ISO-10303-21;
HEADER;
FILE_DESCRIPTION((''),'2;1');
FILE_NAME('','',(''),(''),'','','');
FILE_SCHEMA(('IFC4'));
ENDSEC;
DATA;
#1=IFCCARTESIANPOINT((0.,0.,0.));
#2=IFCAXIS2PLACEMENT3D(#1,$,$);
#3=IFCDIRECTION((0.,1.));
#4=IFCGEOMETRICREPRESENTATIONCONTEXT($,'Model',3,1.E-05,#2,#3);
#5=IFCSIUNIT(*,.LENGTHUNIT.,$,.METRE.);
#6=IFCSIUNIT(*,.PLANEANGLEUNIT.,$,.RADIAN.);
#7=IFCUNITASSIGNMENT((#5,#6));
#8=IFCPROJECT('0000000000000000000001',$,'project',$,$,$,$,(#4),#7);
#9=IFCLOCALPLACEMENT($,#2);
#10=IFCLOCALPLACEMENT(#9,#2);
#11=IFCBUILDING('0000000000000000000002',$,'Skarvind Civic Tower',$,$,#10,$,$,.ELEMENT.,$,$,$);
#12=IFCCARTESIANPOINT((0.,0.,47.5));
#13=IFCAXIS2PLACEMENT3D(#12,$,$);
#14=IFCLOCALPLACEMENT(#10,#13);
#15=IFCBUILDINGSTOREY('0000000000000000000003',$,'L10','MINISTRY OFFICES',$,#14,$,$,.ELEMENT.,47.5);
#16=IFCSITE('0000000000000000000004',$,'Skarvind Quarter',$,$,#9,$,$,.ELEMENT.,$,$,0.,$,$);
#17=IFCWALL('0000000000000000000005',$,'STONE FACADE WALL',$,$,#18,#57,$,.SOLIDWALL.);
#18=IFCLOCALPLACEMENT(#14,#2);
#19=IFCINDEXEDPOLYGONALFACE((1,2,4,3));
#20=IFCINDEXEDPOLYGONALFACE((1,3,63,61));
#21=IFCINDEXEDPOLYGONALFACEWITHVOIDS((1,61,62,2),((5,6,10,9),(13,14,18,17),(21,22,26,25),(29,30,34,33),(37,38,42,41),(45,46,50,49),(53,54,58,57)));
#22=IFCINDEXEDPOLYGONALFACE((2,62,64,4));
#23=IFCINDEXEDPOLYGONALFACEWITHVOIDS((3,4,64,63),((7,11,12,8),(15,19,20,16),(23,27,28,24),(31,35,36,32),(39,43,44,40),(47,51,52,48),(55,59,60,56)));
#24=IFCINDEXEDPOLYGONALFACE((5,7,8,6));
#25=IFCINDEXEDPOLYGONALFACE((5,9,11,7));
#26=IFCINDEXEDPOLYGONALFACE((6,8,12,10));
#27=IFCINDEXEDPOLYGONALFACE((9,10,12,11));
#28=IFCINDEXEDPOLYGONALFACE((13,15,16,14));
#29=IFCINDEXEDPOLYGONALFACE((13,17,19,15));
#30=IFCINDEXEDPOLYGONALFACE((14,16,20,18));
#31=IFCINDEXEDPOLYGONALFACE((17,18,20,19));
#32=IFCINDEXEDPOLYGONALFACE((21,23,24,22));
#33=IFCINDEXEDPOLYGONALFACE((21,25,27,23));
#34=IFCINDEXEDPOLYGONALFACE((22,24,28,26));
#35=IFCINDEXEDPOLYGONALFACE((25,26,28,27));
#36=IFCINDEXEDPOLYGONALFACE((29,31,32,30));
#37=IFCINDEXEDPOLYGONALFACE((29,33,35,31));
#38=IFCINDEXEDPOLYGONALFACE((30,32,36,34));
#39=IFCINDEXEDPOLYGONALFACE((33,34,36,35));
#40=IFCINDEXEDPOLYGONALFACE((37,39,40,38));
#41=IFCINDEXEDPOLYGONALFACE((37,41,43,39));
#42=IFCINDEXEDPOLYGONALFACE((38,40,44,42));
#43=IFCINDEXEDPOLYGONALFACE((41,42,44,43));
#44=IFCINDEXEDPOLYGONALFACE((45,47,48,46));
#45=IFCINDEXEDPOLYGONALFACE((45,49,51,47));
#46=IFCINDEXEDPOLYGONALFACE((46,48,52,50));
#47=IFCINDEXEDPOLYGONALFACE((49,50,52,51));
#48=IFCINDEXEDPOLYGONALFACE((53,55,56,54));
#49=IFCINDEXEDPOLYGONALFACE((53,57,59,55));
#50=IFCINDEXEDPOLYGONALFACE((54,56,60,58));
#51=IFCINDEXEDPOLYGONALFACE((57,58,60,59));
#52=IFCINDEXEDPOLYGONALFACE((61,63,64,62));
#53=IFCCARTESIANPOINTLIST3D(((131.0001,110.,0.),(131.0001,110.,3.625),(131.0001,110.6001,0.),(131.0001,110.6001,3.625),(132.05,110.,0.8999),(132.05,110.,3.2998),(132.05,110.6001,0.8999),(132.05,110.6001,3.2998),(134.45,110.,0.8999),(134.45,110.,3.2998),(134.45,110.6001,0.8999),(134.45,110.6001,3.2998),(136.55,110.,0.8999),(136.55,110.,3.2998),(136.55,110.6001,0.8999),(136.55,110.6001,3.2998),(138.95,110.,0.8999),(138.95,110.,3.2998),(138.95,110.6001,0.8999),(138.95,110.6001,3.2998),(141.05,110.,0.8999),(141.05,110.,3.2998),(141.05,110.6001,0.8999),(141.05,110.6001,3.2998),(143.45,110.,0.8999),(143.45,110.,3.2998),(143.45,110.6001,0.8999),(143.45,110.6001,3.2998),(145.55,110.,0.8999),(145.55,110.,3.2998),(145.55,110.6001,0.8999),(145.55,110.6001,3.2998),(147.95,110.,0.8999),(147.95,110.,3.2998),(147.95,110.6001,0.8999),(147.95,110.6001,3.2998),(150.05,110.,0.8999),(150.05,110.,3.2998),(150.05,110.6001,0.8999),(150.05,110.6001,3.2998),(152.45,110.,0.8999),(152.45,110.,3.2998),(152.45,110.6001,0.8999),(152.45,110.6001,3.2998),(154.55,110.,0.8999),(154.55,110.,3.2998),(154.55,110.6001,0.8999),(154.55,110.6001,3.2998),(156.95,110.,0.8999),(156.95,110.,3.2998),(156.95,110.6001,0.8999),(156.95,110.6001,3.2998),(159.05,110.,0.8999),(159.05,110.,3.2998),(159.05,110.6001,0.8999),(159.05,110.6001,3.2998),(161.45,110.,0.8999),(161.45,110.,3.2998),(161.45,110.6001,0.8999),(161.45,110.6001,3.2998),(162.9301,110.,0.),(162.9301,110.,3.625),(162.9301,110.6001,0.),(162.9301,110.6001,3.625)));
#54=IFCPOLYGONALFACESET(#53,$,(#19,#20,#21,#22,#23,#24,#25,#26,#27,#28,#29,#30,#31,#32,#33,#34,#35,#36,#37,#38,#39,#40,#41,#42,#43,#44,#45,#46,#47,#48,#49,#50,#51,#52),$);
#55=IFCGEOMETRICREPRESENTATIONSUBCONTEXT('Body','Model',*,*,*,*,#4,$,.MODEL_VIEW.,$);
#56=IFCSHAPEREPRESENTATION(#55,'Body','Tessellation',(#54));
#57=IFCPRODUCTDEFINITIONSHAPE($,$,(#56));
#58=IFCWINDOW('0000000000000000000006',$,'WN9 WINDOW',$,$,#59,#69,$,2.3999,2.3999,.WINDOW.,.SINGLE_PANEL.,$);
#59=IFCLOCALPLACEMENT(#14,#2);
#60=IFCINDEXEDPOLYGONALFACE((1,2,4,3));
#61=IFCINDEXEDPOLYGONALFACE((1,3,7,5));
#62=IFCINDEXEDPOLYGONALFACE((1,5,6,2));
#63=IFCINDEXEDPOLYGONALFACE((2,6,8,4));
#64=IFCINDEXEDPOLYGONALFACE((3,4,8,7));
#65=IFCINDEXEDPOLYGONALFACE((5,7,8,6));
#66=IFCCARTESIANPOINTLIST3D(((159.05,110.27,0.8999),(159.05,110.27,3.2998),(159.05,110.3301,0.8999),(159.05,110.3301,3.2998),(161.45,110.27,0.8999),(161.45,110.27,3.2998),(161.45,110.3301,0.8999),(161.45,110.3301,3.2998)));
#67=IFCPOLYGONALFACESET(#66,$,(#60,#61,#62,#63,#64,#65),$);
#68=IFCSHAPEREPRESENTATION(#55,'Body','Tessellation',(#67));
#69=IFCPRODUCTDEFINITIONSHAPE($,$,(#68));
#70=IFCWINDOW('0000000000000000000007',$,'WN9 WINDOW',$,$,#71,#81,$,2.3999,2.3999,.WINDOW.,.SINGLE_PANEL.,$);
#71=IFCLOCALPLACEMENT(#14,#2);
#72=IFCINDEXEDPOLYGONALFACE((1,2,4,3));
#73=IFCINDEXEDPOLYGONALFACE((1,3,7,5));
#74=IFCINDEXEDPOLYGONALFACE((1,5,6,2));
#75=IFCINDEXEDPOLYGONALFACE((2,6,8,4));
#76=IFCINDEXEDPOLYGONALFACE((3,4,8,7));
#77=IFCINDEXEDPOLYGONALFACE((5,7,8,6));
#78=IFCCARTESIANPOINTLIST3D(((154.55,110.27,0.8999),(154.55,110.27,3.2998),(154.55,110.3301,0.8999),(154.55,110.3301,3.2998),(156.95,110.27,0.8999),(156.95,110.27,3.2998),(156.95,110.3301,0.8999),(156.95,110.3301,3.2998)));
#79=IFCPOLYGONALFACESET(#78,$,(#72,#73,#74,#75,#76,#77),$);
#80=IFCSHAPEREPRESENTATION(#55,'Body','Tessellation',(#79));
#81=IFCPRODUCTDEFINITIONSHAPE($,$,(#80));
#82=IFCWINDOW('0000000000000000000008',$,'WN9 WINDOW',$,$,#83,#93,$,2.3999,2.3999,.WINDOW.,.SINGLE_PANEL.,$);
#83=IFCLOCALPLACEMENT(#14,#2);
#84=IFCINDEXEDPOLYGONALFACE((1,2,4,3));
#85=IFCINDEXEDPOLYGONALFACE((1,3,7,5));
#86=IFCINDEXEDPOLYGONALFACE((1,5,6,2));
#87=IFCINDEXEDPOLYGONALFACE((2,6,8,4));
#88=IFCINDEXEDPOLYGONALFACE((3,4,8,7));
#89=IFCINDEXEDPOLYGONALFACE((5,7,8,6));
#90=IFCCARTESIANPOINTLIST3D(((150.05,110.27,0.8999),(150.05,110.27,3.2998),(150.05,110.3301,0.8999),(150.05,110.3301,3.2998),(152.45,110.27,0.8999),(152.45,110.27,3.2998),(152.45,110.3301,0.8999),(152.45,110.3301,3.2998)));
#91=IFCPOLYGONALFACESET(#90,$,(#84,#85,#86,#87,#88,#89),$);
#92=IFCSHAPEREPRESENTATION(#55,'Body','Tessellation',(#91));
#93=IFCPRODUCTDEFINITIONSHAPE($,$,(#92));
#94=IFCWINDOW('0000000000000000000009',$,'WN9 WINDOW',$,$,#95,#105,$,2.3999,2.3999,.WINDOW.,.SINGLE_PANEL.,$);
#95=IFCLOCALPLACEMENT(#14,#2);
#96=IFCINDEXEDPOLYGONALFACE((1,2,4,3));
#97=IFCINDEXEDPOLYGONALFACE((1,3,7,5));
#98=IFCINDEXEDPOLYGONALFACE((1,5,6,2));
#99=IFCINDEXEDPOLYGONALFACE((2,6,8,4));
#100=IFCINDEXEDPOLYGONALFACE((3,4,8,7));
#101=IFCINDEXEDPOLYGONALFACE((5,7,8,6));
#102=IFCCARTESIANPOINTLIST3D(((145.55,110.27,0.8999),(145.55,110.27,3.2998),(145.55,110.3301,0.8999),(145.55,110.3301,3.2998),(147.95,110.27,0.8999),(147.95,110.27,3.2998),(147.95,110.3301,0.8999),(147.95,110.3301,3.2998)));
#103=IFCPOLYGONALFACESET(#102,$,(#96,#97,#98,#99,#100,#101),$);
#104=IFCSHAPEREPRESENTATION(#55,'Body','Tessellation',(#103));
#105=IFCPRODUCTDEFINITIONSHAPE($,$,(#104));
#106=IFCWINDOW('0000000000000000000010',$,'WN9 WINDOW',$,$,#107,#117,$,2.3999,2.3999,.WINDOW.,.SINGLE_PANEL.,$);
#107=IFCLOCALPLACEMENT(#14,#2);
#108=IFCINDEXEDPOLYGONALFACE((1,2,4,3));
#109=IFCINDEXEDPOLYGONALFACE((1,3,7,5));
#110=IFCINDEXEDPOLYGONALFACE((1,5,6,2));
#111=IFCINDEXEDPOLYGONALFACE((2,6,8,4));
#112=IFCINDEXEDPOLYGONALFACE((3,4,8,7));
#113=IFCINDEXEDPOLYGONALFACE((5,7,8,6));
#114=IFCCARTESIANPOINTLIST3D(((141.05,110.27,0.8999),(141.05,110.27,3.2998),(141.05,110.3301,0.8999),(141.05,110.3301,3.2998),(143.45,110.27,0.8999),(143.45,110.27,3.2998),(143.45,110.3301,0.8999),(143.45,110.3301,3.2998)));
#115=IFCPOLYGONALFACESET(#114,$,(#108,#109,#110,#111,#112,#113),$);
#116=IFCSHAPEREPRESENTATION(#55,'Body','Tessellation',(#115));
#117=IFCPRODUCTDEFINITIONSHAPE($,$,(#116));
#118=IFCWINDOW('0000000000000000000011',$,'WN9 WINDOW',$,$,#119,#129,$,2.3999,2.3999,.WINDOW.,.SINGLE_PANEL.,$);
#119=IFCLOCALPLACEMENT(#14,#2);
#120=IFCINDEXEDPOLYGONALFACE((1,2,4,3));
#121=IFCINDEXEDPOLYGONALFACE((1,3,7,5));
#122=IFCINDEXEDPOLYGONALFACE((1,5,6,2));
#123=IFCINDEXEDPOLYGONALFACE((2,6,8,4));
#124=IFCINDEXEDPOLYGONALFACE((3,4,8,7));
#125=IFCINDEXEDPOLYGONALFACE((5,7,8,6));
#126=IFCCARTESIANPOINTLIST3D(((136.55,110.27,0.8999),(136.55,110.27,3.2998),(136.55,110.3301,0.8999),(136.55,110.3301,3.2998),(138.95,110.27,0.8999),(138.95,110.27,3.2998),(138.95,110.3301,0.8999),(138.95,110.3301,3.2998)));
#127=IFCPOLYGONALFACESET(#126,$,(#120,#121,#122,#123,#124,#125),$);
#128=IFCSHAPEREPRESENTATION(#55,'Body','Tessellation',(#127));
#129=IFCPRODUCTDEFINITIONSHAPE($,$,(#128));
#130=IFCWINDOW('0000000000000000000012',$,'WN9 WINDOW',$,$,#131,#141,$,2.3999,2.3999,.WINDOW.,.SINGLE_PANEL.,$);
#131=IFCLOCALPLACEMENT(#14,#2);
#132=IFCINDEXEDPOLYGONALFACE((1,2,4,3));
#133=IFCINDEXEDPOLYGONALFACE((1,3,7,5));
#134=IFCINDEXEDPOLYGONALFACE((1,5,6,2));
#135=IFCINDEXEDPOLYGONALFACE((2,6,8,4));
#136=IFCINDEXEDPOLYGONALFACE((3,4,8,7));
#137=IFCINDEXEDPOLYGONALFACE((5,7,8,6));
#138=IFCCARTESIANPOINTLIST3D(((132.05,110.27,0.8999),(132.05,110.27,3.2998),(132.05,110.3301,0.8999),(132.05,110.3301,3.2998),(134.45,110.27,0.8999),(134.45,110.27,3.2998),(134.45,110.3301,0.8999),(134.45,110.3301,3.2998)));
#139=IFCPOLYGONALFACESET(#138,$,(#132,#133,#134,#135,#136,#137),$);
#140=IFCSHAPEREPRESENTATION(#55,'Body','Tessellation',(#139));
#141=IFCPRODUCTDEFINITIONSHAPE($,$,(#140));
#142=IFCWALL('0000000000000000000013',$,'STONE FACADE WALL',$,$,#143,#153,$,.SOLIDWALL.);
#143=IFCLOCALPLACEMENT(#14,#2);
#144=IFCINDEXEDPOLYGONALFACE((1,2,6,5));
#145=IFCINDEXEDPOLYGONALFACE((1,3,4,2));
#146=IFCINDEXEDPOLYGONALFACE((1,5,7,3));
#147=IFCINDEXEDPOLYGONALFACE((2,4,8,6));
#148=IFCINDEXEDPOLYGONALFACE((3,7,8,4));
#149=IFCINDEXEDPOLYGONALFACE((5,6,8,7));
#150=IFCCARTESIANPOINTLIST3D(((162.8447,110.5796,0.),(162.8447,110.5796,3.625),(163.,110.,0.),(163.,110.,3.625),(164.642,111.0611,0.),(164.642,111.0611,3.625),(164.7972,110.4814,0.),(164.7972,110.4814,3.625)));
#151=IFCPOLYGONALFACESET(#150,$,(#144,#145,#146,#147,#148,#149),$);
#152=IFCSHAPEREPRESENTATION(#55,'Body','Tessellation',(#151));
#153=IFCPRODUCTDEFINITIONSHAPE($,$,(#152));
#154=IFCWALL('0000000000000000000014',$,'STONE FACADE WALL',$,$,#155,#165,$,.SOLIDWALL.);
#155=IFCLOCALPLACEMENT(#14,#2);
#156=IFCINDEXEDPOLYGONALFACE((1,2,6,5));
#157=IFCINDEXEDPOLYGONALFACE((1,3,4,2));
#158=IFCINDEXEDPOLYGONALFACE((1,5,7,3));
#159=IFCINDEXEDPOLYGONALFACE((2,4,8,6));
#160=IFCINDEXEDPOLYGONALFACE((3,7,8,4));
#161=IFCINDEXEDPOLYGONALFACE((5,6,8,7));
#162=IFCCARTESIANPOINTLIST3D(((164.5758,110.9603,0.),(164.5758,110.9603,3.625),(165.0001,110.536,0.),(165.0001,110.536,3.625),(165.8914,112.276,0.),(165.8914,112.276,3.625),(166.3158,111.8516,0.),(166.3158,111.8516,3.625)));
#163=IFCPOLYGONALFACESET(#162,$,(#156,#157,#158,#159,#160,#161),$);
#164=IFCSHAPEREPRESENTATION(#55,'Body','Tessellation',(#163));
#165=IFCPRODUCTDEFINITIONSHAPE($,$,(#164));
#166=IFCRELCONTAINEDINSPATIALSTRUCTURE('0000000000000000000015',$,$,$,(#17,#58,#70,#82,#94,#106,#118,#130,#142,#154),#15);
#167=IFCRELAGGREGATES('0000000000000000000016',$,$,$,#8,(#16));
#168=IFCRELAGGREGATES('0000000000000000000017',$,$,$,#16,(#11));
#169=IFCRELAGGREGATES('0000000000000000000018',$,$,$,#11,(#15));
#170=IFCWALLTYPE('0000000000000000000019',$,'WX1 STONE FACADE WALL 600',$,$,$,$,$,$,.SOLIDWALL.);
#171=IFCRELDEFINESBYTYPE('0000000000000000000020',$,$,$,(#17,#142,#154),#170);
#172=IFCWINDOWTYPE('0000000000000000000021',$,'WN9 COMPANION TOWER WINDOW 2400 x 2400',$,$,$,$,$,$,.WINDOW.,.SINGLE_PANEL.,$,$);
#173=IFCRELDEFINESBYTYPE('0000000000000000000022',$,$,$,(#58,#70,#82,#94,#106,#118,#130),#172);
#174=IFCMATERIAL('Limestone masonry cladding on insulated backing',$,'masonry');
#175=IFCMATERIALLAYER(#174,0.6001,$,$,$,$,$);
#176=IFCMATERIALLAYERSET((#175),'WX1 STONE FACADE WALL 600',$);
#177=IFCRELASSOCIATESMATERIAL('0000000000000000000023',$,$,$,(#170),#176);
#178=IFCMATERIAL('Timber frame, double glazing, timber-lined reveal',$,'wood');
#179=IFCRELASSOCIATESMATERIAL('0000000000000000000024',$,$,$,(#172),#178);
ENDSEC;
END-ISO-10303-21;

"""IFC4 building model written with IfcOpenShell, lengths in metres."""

from ifc_helpers import new_model, si_unit, direction, frame, frame_2d, origin, place, context, subcontext, project, spatial, rectangle, extrude, material, layer, layer_set, type_object, element, fill, save


model = new_model("IFC4")

# Units and contexts
model_context = context("Model", 3, precision=1e-05, world=origin(), true_north=direction((0.0, 1.0)))
body_context = subcontext(model_context, "Body", "Model", "MODEL_VIEW")
ifc_project = project(units=[si_unit("LENGTHUNIT", "METRE"), si_unit("PLANEANGLEUNIT", "RADIAN")], contexts=[model_context])

# Site, building, storey
site_placement = place(None, origin())
site = spatial("IfcSite", under=ifc_project, at=site_placement, Name="Skarvind Quarter", CompositionType="ELEMENT", RefElevation=0.0)
building_placement = place(site_placement, origin())
building = spatial("IfcBuilding", under=site, at=building_placement, Name="Skarvind Civic Tower", CompositionType="ELEMENT")
storey_placement = place(building_placement, frame((0.0, 0.0, 47.5)))
storey = spatial("IfcBuildingStorey", under=building, at=storey_placement, Name="L10", Description="MINISTRY OFFICES", CompositionType="ELEMENT", Elevation=47.5)

# Wall, openings, windows
ifc_material_1 = material(Name="Limestone masonry cladding on insulated backing", Category="masonry")
ifc_layer_1 = layer(ifc_material_1, 0.6001)
ifc_layer_set_1 = layer_set([ifc_layer_1], Name="WX1 STONE FACADE WALL 600")
wall_type_1 = type_object("IfcWallType", Name="WX1 STONE FACADE WALL 600", PredefinedType="SOLIDWALL", material=ifc_layer_set_1)
wall_1_placement = place(storey_placement, frame((162.9299, 110.3, 0.0), z_axis=(0.0, 0.0, 1.0), x_axis=(-1.0, 0.0, 0.0)))
wall_1 = element("IfcWall", 1, at=wall_1_placement, inside=storey, type_object=wall_type_1, Name="STONE FACADE WALL", PredefinedType="SOLIDWALL", context=body_context, shape_type="SweptSolid", body=[
    extrude(rectangle(XDim=31.9299, YDim=0.6001, at=frame_2d((15.9648, 0.0))), origin(), (0.0, 0.0, 1.0), 3.625),
])
opening_1_placement = place(wall_1_placement, frame((1.48, 0.0, 0.8999)))
opening_1 = element("IfcOpeningElement", 2, at=opening_1_placement, cuts=wall_1, PredefinedType="OPENING", context=body_context, shape_type="SweptSolid", body=[
    extrude(rectangle(XDim=2.3999, YDim=2.3999, at=frame_2d((1.2, 1.2))), frame((0.0, 0.3101, 0.0), z_axis=(0.0, -1.0, 0.0), x_axis=(1.0, 0.0, 0.0)), (0.0, 0.0, 1.0), 0.6201),
])
opening_2_placement = place(wall_1_placement, frame((5.98, 0.0, 0.8999)))
opening_2 = element("IfcOpeningElement", 3, at=opening_2_placement, cuts=wall_1, PredefinedType="OPENING", context=body_context, shape_type="SweptSolid", body=[
    extrude(rectangle(XDim=2.3999, YDim=2.3999, at=frame_2d((1.2, 1.2))), frame((0.0, 0.3101, 0.0), z_axis=(0.0, -1.0, 0.0), x_axis=(1.0, 0.0, 0.0)), (0.0, 0.0, 1.0), 0.6201),
])
opening_3_placement = place(wall_1_placement, frame((10.48, 0.0, 0.8999)))
opening_3 = element("IfcOpeningElement", 4, at=opening_3_placement, cuts=wall_1, PredefinedType="OPENING", context=body_context, shape_type="SweptSolid", body=[
    extrude(rectangle(XDim=2.3999, YDim=2.3999, at=frame_2d((1.2, 1.2))), frame((0.0, 0.3101, 0.0), z_axis=(0.0, -1.0, 0.0), x_axis=(1.0, 0.0, 0.0)), (0.0, 0.0, 1.0), 0.6201),
])
opening_4_placement = place(wall_1_placement, frame((14.98, 0.0, 0.8999)))
opening_4 = element("IfcOpeningElement", 5, at=opening_4_placement, cuts=wall_1, PredefinedType="OPENING", context=body_context, shape_type="SweptSolid", body=[
    extrude(rectangle(XDim=2.3999, YDim=2.3999, at=frame_2d((1.2, 1.2))), frame((0.0, 0.3101, 0.0), z_axis=(0.0, -1.0, 0.0), x_axis=(1.0, 0.0, 0.0)), (0.0, 0.0, 1.0), 0.6201),
])
opening_5_placement = place(wall_1_placement, frame((19.48, 0.0, 0.8999)))
opening_5 = element("IfcOpeningElement", 6, at=opening_5_placement, cuts=wall_1, PredefinedType="OPENING", context=body_context, shape_type="SweptSolid", body=[
    extrude(rectangle(XDim=2.3999, YDim=2.3999, at=frame_2d((1.2, 1.2))), frame((0.0, 0.3101, 0.0), z_axis=(0.0, -1.0, 0.0), x_axis=(1.0, 0.0, 0.0)), (0.0, 0.0, 1.0), 0.6201),
])
opening_6_placement = place(wall_1_placement, frame((23.98, 0.0, 0.8999)))
opening_6 = element("IfcOpeningElement", 7, at=opening_6_placement, cuts=wall_1, PredefinedType="OPENING", context=body_context, shape_type="SweptSolid", body=[
    extrude(rectangle(XDim=2.3999, YDim=2.3999, at=frame_2d((1.2, 1.2))), frame((0.0, 0.3101, 0.0), z_axis=(0.0, -1.0, 0.0), x_axis=(1.0, 0.0, 0.0)), (0.0, 0.0, 1.0), 0.6201),
])
opening_7_placement = place(wall_1_placement, frame((28.48, 0.0, 0.8999)))
opening_7 = element("IfcOpeningElement", 8, at=opening_7_placement, cuts=wall_1, PredefinedType="OPENING", context=body_context, shape_type="SweptSolid", body=[
    extrude(rectangle(XDim=2.3999, YDim=2.3999, at=frame_2d((1.2, 1.2))), frame((0.0, 0.3101, 0.0), z_axis=(0.0, -1.0, 0.0), x_axis=(1.0, 0.0, 0.0)), (0.0, 0.0, 1.0), 0.6201),
])
ifc_material_2 = material(Name="Timber frame, double glazing, timber-lined reveal", Category="wood")
window_type = type_object("IfcWindowType", Name="WN9 COMPANION TOWER WINDOW 2400 x 2400", PartitioningType="SINGLE_PANEL", PredefinedType="WINDOW", material=ifc_material_2)
window_1_placement = place(opening_1_placement, origin())
window_1 = element("IfcWindow", 9, at=window_1_placement, inside=storey, type_object=window_type, Name="WN9 WINDOW", OverallHeight=2.3999, OverallWidth=2.3999, PartitioningType="SINGLE_PANEL", PredefinedType="WINDOW", context=body_context, shape_type="SweptSolid", body=[
    extrude(rectangle(XDim=2.3999, YDim=2.3999, at=frame_2d((1.2, 1.2))), frame((0.0, 0.03, 0.0), z_axis=(0.0, -1.0, 0.0), x_axis=(1.0, 0.0, 0.0)), (0.0, 0.0, 1.0), 0.0601),
])
fill(opening_1, window_1)
window_2_placement = place(opening_2_placement, origin())
window_2 = element("IfcWindow", 10, at=window_2_placement, inside=storey, type_object=window_type, Name="WN9 WINDOW", OverallHeight=2.3999, OverallWidth=2.3999, PartitioningType="SINGLE_PANEL", PredefinedType="WINDOW", context=body_context, shape_type="SweptSolid", body=[
    extrude(rectangle(XDim=2.3999, YDim=2.3999, at=frame_2d((1.2, 1.2))), frame((0.0, 0.03, 0.0), z_axis=(0.0, -1.0, 0.0), x_axis=(1.0, 0.0, 0.0)), (0.0, 0.0, 1.0), 0.0601),
])
fill(opening_2, window_2)
window_3_placement = place(opening_3_placement, origin())
window_3 = element("IfcWindow", 11, at=window_3_placement, inside=storey, type_object=window_type, Name="WN9 WINDOW", OverallHeight=2.3999, OverallWidth=2.3999, PartitioningType="SINGLE_PANEL", PredefinedType="WINDOW", context=body_context, shape_type="SweptSolid", body=[
    extrude(rectangle(XDim=2.3999, YDim=2.3999, at=frame_2d((1.2, 1.2))), frame((0.0, 0.03, 0.0), z_axis=(0.0, -1.0, 0.0), x_axis=(1.0, 0.0, 0.0)), (0.0, 0.0, 1.0), 0.0601),
])
fill(opening_3, window_3)
window_4_placement = place(opening_4_placement, origin())
window_4 = element("IfcWindow", 12, at=window_4_placement, inside=storey, type_object=window_type, Name="WN9 WINDOW", OverallHeight=2.3999, OverallWidth=2.3999, PartitioningType="SINGLE_PANEL", PredefinedType="WINDOW", context=body_context, shape_type="SweptSolid", body=[
    extrude(rectangle(XDim=2.3999, YDim=2.3999, at=frame_2d((1.2, 1.2))), frame((0.0, 0.03, 0.0), z_axis=(0.0, -1.0, 0.0), x_axis=(1.0, 0.0, 0.0)), (0.0, 0.0, 1.0), 0.0601),
])
fill(opening_4, window_4)
window_5_placement = place(opening_5_placement, origin())
window_5 = element("IfcWindow", 13, at=window_5_placement, inside=storey, type_object=window_type, Name="WN9 WINDOW", OverallHeight=2.3999, OverallWidth=2.3999, PartitioningType="SINGLE_PANEL", PredefinedType="WINDOW", context=body_context, shape_type="SweptSolid", body=[
    extrude(rectangle(XDim=2.3999, YDim=2.3999, at=frame_2d((1.2, 1.2))), frame((0.0, 0.03, 0.0), z_axis=(0.0, -1.0, 0.0), x_axis=(1.0, 0.0, 0.0)), (0.0, 0.0, 1.0), 0.0601),
])
fill(opening_5, window_5)
window_6_placement = place(opening_6_placement, origin())
window_6 = element("IfcWindow", 14, at=window_6_placement, inside=storey, type_object=window_type, Name="WN9 WINDOW", OverallHeight=2.3999, OverallWidth=2.3999, PartitioningType="SINGLE_PANEL", PredefinedType="WINDOW", context=body_context, shape_type="SweptSolid", body=[
    extrude(rectangle(XDim=2.3999, YDim=2.3999, at=frame_2d((1.2, 1.2))), frame((0.0, 0.03, 0.0), z_axis=(0.0, -1.0, 0.0), x_axis=(1.0, 0.0, 0.0)), (0.0, 0.0, 1.0), 0.0601),
])
fill(opening_6, window_6)
window_7_placement = place(opening_7_placement, origin())
window_7 = element("IfcWindow", 15, at=window_7_placement, inside=storey, type_object=window_type, Name="WN9 WINDOW", OverallHeight=2.3999, OverallWidth=2.3999, PartitioningType="SINGLE_PANEL", PredefinedType="WINDOW", context=body_context, shape_type="SweptSolid", body=[
    extrude(rectangle(XDim=2.3999, YDim=2.3999, at=frame_2d((1.2, 1.2))), frame((0.0, 0.03, 0.0), z_axis=(0.0, -1.0, 0.0), x_axis=(1.0, 0.0, 0.0)), (0.0, 0.0, 1.0), 0.0601),
])
fill(opening_7, window_7)

# Walls
for number, where, z_axis, x_axis, name in (
    (16, (164.7195, 110.7712, 0.0), (0.0, 0.0, 1.0), (-0.965938, -0.258773, 0.0), "STONE FACADE WALL"),
    (17, (166.1035, 112.0637, 0.0), (0.0, 0.0, 1.0), (-0.707107, -0.707107, 0.0), "STONE FACADE WALL"),
):
    element("IfcWall", number, at=place(storey_placement, frame(where, z_axis=z_axis, x_axis=x_axis)), inside=storey, type_object=wall_type_1, Name=name, PredefinedType="SOLIDWALL", context=body_context, shape_type="SweptSolid", body=[
        extrude(rectangle(XDim=1.8606, YDim=0.6001, at=frame_2d((0.9302, 0.0))), origin(), (0.0, 0.0, 1.0), 3.625),
    ])

save(model, "model.ifc")
